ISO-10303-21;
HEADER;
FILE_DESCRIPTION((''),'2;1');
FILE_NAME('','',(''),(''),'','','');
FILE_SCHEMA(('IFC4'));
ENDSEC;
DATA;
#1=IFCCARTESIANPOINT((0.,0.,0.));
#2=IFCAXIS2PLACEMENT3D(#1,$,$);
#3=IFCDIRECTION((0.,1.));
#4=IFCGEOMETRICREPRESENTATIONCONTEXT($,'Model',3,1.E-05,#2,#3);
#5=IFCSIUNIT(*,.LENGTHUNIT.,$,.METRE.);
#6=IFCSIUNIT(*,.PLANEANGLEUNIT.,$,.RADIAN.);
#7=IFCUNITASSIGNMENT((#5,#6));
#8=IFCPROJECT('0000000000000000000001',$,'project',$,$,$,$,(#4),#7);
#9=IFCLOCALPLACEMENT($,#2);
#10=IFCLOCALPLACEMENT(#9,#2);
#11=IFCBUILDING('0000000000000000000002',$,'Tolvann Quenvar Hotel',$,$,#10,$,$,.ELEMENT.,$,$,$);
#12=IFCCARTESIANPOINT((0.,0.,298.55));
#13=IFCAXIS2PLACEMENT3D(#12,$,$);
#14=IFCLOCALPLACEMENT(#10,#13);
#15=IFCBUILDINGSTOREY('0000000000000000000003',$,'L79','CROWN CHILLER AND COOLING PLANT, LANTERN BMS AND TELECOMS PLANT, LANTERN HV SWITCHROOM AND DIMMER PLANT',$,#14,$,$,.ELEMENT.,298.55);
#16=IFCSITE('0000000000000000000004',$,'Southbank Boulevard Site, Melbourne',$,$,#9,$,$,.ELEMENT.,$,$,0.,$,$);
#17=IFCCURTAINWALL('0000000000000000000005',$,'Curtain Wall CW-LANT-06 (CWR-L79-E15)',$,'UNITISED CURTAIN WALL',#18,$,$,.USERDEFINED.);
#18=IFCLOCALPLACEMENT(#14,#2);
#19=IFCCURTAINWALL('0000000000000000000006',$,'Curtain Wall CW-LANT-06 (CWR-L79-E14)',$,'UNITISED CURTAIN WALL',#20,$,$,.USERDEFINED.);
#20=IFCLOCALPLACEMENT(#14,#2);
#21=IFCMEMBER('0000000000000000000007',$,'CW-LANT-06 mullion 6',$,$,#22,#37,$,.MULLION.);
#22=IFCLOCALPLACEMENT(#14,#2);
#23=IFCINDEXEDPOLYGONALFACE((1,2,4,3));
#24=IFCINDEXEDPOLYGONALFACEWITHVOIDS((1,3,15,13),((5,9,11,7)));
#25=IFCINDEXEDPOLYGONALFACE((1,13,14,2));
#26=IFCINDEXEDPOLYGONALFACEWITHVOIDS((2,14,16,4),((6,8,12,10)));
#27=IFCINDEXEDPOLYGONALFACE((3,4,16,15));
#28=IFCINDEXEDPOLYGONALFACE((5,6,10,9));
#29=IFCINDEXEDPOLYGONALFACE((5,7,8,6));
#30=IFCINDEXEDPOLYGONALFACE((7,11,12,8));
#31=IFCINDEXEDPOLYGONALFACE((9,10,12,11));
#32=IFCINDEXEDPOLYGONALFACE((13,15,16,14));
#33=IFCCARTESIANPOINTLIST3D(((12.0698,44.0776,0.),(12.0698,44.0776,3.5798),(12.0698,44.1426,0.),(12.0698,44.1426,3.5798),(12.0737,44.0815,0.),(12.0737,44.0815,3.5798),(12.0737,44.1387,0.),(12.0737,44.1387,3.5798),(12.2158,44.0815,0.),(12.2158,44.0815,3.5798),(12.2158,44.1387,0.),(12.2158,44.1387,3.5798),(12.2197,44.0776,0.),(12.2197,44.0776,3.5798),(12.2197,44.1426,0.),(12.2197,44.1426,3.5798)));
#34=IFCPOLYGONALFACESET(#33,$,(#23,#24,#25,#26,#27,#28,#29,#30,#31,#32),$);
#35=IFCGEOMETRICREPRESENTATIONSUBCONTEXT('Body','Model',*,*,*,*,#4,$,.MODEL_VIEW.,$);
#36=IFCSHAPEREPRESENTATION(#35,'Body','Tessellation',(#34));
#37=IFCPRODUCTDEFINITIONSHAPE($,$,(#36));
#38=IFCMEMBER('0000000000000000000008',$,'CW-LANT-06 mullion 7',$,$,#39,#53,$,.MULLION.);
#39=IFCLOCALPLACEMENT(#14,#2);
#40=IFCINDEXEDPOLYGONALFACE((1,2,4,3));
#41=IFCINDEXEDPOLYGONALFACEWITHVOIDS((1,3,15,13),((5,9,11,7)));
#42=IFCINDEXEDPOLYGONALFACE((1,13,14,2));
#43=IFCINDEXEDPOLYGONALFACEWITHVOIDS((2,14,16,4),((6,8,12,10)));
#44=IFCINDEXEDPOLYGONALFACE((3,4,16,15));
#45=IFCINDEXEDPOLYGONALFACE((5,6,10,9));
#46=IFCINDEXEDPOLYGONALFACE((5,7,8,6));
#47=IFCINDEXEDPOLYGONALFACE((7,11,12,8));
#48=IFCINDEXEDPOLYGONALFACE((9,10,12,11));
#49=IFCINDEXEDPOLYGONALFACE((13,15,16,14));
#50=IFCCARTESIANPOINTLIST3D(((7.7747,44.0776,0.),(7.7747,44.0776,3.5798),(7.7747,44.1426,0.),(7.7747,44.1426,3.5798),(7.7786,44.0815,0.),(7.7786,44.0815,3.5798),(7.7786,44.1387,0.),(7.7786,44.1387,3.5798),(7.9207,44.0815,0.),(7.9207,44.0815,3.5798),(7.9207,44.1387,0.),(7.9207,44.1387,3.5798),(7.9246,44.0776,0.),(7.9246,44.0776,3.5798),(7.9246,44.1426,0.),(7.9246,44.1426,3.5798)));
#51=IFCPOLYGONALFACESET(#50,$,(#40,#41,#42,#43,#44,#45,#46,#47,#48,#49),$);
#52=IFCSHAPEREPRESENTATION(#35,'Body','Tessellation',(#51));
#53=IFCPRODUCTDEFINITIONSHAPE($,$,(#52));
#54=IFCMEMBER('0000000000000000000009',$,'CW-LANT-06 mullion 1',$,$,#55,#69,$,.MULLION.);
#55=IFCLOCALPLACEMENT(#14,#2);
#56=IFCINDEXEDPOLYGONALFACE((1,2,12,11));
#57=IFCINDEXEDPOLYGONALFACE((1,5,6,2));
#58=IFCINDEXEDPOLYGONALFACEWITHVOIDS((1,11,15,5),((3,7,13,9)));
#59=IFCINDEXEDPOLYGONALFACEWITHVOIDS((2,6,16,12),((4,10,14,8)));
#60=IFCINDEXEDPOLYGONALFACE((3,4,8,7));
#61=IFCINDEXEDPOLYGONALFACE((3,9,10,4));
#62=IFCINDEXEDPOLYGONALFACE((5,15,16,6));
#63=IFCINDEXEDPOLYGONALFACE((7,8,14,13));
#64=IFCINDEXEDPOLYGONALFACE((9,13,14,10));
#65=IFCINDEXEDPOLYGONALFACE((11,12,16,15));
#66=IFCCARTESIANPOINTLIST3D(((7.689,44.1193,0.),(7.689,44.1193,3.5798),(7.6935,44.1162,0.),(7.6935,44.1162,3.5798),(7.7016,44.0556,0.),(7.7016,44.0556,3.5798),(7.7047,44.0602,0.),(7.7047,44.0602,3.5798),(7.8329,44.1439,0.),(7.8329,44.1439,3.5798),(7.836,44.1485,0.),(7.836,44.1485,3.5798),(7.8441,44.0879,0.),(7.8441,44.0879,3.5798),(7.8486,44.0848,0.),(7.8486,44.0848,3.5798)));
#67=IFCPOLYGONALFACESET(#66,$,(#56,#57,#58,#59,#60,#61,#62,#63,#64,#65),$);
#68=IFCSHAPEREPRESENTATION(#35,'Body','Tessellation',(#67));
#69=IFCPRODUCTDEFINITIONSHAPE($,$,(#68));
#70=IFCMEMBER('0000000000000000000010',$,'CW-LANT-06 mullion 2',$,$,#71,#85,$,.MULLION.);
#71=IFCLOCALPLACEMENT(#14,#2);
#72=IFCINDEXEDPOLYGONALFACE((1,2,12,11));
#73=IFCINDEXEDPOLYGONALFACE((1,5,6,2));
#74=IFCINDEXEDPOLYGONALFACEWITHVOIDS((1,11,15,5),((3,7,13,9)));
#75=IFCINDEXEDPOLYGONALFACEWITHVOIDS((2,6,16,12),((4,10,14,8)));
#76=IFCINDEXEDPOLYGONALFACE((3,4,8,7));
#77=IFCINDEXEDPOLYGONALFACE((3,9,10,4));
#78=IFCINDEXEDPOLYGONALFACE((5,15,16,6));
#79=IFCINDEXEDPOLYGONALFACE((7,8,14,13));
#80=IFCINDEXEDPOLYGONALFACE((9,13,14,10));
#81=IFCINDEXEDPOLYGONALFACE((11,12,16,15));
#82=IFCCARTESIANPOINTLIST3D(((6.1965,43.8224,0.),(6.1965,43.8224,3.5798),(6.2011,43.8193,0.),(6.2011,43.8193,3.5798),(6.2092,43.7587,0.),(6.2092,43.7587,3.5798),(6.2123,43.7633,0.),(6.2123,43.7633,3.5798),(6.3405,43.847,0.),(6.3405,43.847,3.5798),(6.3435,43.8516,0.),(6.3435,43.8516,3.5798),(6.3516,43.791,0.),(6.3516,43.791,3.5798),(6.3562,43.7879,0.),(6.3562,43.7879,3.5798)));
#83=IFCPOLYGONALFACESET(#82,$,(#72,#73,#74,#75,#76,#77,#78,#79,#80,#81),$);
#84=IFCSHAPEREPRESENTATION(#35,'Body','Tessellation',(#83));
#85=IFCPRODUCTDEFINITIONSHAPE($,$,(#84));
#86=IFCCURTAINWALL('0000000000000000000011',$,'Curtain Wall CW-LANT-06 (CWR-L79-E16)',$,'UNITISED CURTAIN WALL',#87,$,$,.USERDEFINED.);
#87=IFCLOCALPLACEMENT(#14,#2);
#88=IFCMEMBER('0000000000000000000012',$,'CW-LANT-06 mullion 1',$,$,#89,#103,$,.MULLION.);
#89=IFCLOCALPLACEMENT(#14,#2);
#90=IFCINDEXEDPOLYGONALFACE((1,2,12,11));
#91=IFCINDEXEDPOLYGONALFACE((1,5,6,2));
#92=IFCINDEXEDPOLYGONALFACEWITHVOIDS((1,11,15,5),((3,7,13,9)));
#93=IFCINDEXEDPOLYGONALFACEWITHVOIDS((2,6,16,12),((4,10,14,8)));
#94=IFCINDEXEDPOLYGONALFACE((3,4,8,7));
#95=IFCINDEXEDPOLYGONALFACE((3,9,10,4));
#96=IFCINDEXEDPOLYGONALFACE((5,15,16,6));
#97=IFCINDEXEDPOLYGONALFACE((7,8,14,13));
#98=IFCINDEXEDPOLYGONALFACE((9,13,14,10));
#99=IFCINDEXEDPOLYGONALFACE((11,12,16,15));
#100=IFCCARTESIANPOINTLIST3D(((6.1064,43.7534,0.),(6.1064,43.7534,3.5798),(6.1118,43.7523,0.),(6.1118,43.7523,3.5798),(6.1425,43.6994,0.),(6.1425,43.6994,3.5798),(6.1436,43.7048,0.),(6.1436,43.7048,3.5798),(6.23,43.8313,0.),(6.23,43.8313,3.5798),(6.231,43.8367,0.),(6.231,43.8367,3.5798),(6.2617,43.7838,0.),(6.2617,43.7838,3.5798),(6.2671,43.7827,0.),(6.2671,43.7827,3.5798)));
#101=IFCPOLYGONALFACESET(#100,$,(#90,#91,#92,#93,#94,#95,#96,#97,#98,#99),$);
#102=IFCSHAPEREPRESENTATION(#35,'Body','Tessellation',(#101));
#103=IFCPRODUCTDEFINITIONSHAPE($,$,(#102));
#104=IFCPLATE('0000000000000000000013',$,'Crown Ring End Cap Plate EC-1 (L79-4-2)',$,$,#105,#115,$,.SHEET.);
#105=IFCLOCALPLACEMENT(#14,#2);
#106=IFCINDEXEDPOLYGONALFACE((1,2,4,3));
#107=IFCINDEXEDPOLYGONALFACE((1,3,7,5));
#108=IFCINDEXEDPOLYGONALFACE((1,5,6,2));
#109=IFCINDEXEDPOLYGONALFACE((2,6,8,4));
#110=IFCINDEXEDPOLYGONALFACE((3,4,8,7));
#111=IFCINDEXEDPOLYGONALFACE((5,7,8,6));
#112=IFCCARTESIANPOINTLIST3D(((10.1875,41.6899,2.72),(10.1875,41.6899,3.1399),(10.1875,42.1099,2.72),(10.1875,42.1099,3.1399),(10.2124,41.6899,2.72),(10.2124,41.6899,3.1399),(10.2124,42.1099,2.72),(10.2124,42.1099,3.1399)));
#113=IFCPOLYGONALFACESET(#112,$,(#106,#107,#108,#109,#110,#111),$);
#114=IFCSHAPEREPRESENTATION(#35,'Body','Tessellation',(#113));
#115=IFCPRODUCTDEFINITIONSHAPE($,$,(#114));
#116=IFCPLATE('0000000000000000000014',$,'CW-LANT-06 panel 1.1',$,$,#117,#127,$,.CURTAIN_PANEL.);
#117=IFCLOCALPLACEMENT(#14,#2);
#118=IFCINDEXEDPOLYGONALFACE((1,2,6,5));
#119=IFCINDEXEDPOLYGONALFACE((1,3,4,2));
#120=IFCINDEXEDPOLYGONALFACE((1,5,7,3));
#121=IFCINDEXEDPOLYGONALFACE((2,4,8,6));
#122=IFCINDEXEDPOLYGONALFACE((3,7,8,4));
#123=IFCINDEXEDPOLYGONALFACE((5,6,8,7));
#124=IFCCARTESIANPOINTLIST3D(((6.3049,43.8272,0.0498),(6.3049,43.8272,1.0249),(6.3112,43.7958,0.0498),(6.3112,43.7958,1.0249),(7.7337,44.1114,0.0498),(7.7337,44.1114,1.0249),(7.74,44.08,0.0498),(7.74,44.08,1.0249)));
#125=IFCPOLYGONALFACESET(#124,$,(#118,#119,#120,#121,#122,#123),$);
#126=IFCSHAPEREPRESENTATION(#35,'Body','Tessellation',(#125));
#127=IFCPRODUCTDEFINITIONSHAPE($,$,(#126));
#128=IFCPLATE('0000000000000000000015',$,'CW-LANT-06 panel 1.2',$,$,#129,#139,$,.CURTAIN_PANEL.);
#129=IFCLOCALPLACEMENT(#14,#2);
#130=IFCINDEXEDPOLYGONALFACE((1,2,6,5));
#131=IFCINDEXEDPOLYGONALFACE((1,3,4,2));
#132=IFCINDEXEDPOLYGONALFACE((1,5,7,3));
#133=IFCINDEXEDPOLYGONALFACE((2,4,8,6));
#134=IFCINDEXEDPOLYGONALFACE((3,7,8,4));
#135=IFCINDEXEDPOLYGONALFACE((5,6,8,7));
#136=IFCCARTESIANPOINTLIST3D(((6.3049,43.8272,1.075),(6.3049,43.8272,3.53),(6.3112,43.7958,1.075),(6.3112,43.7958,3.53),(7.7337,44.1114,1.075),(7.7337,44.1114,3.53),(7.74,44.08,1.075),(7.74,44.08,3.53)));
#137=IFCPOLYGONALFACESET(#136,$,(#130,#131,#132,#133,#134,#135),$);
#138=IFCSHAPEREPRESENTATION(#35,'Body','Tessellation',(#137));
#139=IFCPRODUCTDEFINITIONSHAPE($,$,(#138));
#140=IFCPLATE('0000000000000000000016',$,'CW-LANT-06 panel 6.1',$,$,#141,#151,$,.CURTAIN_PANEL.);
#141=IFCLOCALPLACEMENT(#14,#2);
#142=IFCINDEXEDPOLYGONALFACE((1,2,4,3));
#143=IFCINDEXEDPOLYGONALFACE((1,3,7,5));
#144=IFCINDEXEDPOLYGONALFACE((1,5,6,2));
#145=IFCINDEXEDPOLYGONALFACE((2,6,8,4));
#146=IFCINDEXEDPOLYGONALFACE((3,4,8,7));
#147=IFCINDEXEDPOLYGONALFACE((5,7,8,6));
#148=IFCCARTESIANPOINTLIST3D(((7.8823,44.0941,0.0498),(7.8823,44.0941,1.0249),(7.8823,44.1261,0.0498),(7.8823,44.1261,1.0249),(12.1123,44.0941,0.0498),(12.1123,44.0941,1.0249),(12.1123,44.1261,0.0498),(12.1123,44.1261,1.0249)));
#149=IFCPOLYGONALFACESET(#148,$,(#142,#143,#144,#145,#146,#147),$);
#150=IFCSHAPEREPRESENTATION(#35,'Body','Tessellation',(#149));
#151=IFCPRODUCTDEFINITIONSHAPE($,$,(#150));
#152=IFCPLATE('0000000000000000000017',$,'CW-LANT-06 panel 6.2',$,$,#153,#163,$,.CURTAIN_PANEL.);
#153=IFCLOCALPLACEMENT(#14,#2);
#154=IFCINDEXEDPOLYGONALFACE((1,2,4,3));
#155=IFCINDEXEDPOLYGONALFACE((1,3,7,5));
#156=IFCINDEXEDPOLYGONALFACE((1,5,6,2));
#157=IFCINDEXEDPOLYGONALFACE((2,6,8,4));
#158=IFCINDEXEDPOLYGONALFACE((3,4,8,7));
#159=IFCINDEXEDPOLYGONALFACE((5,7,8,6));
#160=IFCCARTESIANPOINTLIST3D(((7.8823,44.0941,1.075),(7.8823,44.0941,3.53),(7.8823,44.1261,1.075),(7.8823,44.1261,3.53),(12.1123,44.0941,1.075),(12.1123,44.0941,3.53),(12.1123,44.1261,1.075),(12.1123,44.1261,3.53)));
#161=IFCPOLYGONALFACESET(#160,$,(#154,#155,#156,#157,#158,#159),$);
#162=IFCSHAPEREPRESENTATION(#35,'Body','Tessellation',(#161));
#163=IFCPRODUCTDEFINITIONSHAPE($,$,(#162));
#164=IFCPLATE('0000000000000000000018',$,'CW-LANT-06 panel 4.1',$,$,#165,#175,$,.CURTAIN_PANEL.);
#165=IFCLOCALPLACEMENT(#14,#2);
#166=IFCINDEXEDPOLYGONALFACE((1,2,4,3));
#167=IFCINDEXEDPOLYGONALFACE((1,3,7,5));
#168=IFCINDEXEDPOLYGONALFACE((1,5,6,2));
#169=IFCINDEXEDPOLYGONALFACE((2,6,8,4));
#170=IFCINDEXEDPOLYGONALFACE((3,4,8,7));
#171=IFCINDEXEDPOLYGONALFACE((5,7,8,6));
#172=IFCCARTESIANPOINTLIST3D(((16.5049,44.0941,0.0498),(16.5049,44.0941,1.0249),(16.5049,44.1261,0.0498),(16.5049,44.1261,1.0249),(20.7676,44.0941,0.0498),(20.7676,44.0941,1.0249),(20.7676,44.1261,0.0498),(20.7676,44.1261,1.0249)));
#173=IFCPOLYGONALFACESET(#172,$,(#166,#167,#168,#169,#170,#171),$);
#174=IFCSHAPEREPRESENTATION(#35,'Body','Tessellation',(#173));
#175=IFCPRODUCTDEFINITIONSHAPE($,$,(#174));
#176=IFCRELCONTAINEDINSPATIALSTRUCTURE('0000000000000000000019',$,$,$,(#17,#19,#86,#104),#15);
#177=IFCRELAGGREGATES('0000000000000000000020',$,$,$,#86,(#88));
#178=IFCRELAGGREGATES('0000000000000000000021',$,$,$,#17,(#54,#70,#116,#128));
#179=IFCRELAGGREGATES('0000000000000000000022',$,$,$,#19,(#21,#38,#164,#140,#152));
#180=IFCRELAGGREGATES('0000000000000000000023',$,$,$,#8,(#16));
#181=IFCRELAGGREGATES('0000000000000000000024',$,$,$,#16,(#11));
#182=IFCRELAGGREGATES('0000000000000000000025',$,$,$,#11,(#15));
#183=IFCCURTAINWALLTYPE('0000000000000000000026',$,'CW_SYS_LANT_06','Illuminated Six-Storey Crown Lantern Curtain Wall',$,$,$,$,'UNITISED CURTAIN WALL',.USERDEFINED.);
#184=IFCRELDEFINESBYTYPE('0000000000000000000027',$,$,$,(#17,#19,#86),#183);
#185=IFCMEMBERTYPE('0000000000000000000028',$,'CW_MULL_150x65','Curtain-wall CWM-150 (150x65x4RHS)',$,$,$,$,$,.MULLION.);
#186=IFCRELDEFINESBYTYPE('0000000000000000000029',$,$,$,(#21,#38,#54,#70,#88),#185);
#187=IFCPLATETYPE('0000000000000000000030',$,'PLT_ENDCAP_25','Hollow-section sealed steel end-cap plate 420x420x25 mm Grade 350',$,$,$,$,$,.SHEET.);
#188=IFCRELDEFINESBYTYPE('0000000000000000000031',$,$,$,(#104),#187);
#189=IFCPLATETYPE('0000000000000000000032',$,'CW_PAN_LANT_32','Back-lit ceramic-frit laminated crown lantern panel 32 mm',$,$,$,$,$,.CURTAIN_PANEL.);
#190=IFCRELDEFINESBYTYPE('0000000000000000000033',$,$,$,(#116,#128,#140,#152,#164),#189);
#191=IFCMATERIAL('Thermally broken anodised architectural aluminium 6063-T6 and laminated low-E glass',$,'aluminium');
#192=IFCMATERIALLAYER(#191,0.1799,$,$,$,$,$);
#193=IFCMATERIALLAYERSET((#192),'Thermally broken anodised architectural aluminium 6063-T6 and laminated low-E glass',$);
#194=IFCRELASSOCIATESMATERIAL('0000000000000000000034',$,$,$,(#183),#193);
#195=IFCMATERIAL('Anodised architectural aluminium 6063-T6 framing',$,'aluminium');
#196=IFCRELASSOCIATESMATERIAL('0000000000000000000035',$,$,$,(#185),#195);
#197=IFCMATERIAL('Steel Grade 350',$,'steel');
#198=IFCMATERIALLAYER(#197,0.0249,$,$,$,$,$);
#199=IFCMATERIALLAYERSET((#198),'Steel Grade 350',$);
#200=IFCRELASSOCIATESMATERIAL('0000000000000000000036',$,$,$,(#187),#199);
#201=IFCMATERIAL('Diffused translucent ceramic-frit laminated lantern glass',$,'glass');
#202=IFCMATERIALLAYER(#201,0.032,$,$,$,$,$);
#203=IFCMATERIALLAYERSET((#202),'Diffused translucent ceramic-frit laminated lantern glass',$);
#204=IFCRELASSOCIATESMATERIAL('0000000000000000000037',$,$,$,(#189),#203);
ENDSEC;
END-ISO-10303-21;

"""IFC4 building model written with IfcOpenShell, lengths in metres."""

from ifc_helpers import new_model, si_unit, direction, frame, origin, origin_2d, place, context, subcontext, project, spatial, rectangle, hollow_rectangle, extrude, source, transform, mapped, material, layer, layer_set, material_profile, profile_set, type_object, type_shapes, element, aggregate, save


model = new_model("IFC4")

# Units and contexts
model_context = context("Model", 3, precision=1e-05, world=origin(), true_north=direction((0.0, 1.0)))
body_context = subcontext(model_context, "Body", "Model", "MODEL_VIEW")
ifc_project = project(units=[si_unit("LENGTHUNIT", "METRE"), si_unit("PLANEANGLEUNIT", "RADIAN")], contexts=[model_context])

# Site, building, storey
site_placement = place(None, origin())
site = spatial("IfcSite", under=ifc_project, at=site_placement, Name="Southbank Boulevard Site, Melbourne", CompositionType="ELEMENT", RefElevation=0.0)
building_placement = place(site_placement, origin())
building = spatial("IfcBuilding", under=site, at=building_placement, Name="Tolvann Quenvar Hotel", CompositionType="ELEMENT")
storey_placement = place(building_placement, frame((0.0, 0.0, 298.55)))
storey = spatial("IfcBuildingStorey", under=building, at=storey_placement, Name="L79", Description="CROWN CHILLER AND COOLING PLANT, LANTERN BMS AND TELECOMS PLANT, LANTERN HV SWITCHROOM AND DIMMER PLANT", CompositionType="ELEMENT", Elevation=298.55)

# Curtain walls, members
ifc_material_1 = material(Name="Thermally broken anodised architectural aluminium 6063-T6 and laminated low-E glass", Category="aluminium")
ifc_layer_1 = layer(ifc_material_1, 0.1799)
ifc_layer_set_1 = layer_set([ifc_layer_1], Name="Thermally broken anodised architectural aluminium 6063-T6 and laminated low-E glass")
curtain_wall_type = type_object("IfcCurtainWallType", Name="CW_SYS_LANT_06", Description="Illuminated Six-Storey Crown Lantern Curtain Wall", ElementType="UNITISED CURTAIN WALL", PredefinedType="USERDEFINED", material=ifc_layer_set_1)
curtain_wall_1_placement = place(storey_placement, origin())
curtain_wall_1 = element("IfcCurtainWall", 1, at=curtain_wall_1_placement, inside=storey, type_object=curtain_wall_type, Name="Curtain Wall CW-LANT-06 (CWR-L79-E15)", ObjectType="UNITISED CURTAIN WALL", PredefinedType="USERDEFINED")
ifc_material_2 = material(Name="Anodised architectural aluminium 6063-T6 framing", Category="aluminium")
curtain_wall_2_placement = place(storey_placement, origin())
curtain_wall_2 = element("IfcCurtainWall", 2, at=curtain_wall_2_placement, inside=storey, type_object=curtain_wall_type, Name="Curtain Wall CW-LANT-06 (CWR-L79-E14)", ObjectType="UNITISED CURTAIN WALL", PredefinedType="USERDEFINED")
ifc_material_profile_1 = material_profile(ifc_material_2, hollow_rectangle(XDim=0.0649, YDim=0.1499, WallThickness=0.0039, at=origin_2d()), Name="150x65x4RHS")
ifc_profile_set_1 = profile_set([ifc_material_profile_1], Name="Anodised architectural aluminium 6063-T6 framing")
member_type_1 = type_object("IfcMemberType", Name="CW_MULL_150x65", Description="Curtain-wall CWM-150 (150x65x4RHS)", PredefinedType="MULLION", material=ifc_profile_set_1)
shared_shape_1 = source(origin(), body_context, "Body", "SweptSolid", [
    extrude(hollow_rectangle(XDim=0.0649, YDim=0.1499, WallThickness=0.0039, at=origin_2d()), origin(), (0.0, 0.0, 1.0), 3.5798),
])
type_shapes(member_type_1, [shared_shape_1])
member_1_placement = place(storey_placement, frame((12.1448, 44.1101, 0.0), z_axis=(0.0, 0.0, 1.0), x_axis=(0.0, -1.0, 0.0)))
member_1 = element("IfcMember", 3, at=member_1_placement, type_object=member_type_1, Name="CW-LANT-06 mullion 6", PredefinedType="MULLION", context=body_context, shape_type="MappedRepresentation", body=[
    mapped(shared_shape_1, transform((0.0, 0.0, 0.0), x_axis=(1.0, 0.0, 0.0), y_axis=(0.0, 1.0, 0.0), z_axis=(0.0, 0.0, 1.0), scale=1.0)),
])
member_2_placement = place(storey_placement, frame((7.8496, 44.1101, 0.0), z_axis=(0.0, 0.0, 1.0), x_axis=(0.0, -1.0, 0.0)))
member_2 = element("IfcMember", 4, at=member_2_placement, type_object=member_type_1, Name="CW-LANT-06 mullion 7", PredefinedType="MULLION", context=body_context, shape_type="MappedRepresentation", body=[
    mapped(shared_shape_1, transform((0.0, 0.0, 0.0), x_axis=(1.0, 0.0, 0.0), y_axis=(0.0, 1.0, 0.0), z_axis=(0.0, 0.0, 1.0), scale=1.0)),
])

# Members
member_3_placement = place(storey_placement, frame((7.7688, 44.1021, 0.0), z_axis=(0.0, 0.0, 1.0), x_axis=(0.195062, -0.980791, 0.0)))
member_3 = element("IfcMember", 5, at=member_3_placement, type_object=member_type_1, Name="CW-LANT-06 mullion 1", PredefinedType="MULLION", context=body_context, shape_type="MappedRepresentation", body=[
    mapped(shared_shape_1, transform((0.0, 0.0, 0.0), x_axis=(1.0, 0.0, 0.0), y_axis=(0.0, 1.0, 0.0), z_axis=(0.0, 0.0, 1.0), scale=1.0)),
])
member_4_placement = place(storey_placement, frame((6.2764, 43.8052, 0.0), z_axis=(0.0, 0.0, 1.0), x_axis=(0.195062, -0.980791, 0.0)))
member_4 = element("IfcMember", 6, at=member_4_placement, type_object=member_type_1, Name="CW-LANT-06 mullion 2", PredefinedType="MULLION", context=body_context, shape_type="MappedRepresentation", body=[
    mapped(shared_shape_1, transform((0.0, 0.0, 0.0), x_axis=(1.0, 0.0, 0.0), y_axis=(0.0, 1.0, 0.0), z_axis=(0.0, 0.0, 1.0), scale=1.0)),
])

# Curtain wall, member
curtain_wall_3_placement = place(storey_placement, origin())
curtain_wall_3 = element("IfcCurtainWall", 7, at=curtain_wall_3_placement, inside=storey, type_object=curtain_wall_type, Name="Curtain Wall CW-LANT-06 (CWR-L79-E16)", ObjectType="UNITISED CURTAIN WALL", PredefinedType="USERDEFINED")
member_5_placement = place(storey_placement, frame((6.1868, 43.7681, 0.0), z_axis=(0.0, 0.0, 1.0), x_axis=(0.555656, -0.831412, 0.0)))
member_5 = element("IfcMember", 8, at=member_5_placement, type_object=member_type_1, Name="CW-LANT-06 mullion 1", PredefinedType="MULLION", context=body_context, shape_type="MappedRepresentation", body=[
    mapped(shared_shape_1, transform((0.0, 0.0, 0.0), x_axis=(1.0, 0.0, 0.0), y_axis=(0.0, 1.0, 0.0), z_axis=(0.0, 0.0, 1.0), scale=1.0)),
])
aggregate(curtain_wall_3, [member_5])

# Plates
ifc_material_3 = material(Name="Steel Grade 350", Category="steel")
ifc_layer_2 = layer(ifc_material_3, 0.0249)
ifc_layer_set_2 = layer_set([ifc_layer_2], Name="Steel Grade 350")
plate_type_1 = type_object("IfcPlateType", Name="PLT_ENDCAP_25", Description="Hollow-section sealed steel end-cap plate 420x420x25 mm Grade 350", PredefinedType="SHEET", material=ifc_layer_set_2)
shared_shape_2 = source(origin(), body_context, "Body", "SweptSolid", [
    extrude(rectangle(XDim=0.0249, YDim=0.4199, at=origin_2d()), origin(), (0.0, 0.0, 1.0), 0.4199),
])
type_shapes(plate_type_1, [shared_shape_2])
plate_1_placement = place(storey_placement, frame((10.2, 41.8999, 2.72), z_axis=(0.0, 0.0, 1.0), x_axis=(1.0, 0.0, 0.0)))
element("IfcPlate", 9, at=plate_1_placement, inside=storey, type_object=plate_type_1, Name="Crown Ring End Cap Plate EC-1 (L79-4-2)", PredefinedType="SHEET", context=body_context, shape_type="MappedRepresentation", body=[
    mapped(shared_shape_2, transform((0.0, 0.0, 0.0), x_axis=(1.0, 0.0, 0.0), y_axis=(0.0, 1.0, 0.0), z_axis=(0.0, 0.0, 1.0), scale=1.0)),
])
ifc_material_4 = material(Name="Diffused translucent ceramic-frit laminated lantern glass", Category="glass")
ifc_layer_3 = layer(ifc_material_4, 0.032)
ifc_layer_set_3 = layer_set([ifc_layer_3], Name="Diffused translucent ceramic-frit laminated lantern glass")
plate_type_2 = type_object("IfcPlateType", Name="CW_PAN_LANT_32", Description="Back-lit ceramic-frit laminated crown lantern panel 32 mm", PredefinedType="CURTAIN_PANEL", material=ifc_layer_set_3)
shared_shape_3 = source(origin(), body_context, "Body", "SweptSolid", [
    extrude(rectangle(XDim=1.4568, YDim=0.032, at=origin_2d()), origin(), (0.0, 0.0, 1.0), 0.9751),
])
plate_2_placement = place(storey_placement, frame((7.0225, 43.9536, 0.0498), z_axis=(0.0, 0.0, 1.0), x_axis=(-0.980791, -0.195062, 0.0)))
plate_2 = element("IfcPlate", 10, at=plate_2_placement, type_object=plate_type_2, Name="CW-LANT-06 panel 1.1", PredefinedType="CURTAIN_PANEL", context=body_context, shape_type="MappedRepresentation", body=[
    mapped(shared_shape_3, transform((0.0, 0.0, 0.0), x_axis=(1.0, 0.0, 0.0), y_axis=(0.0, 1.0, 0.0), z_axis=(0.0, 0.0, 1.0), scale=1.0)),
])
shared_shape_4 = source(origin(), body_context, "Body", "SweptSolid", [
    extrude(rectangle(XDim=1.4568, YDim=0.032, at=origin_2d()), origin(), (0.0, 0.0, 1.0), 2.4551),
])
plate_3_placement = place(storey_placement, frame((7.0225, 43.9536, 1.075), z_axis=(0.0, 0.0, 1.0), x_axis=(-0.980791, -0.195062, 0.0)))
plate_3 = element("IfcPlate", 11, at=plate_3_placement, type_object=plate_type_2, Name="CW-LANT-06 panel 1.2", PredefinedType="CURTAIN_PANEL", context=body_context, shape_type="MappedRepresentation", body=[
    mapped(shared_shape_4, transform((0.0, 0.0, 0.0), x_axis=(1.0, 0.0, 0.0), y_axis=(0.0, 1.0, 0.0), z_axis=(0.0, 0.0, 1.0), scale=1.0)),
])
aggregate(curtain_wall_1, [member_3, member_4, plate_2, plate_3])
shared_shape_5 = source(origin(), body_context, "Body", "SweptSolid", [
    extrude(rectangle(XDim=4.23, YDim=0.032, at=origin_2d()), origin(), (0.0, 0.0, 1.0), 0.9751),
])
plate_4_placement = place(storey_placement, frame((9.9973, 44.1101, 0.0498), z_axis=(0.0, 0.0, 1.0), x_axis=(-1.0, 0.0, 0.0)))
plate_4 = element("IfcPlate", 12, at=plate_4_placement, type_object=plate_type_2, Name="CW-LANT-06 panel 6.1", PredefinedType="CURTAIN_PANEL", context=body_context, shape_type="MappedRepresentation", body=[
    mapped(shared_shape_5, transform((0.0, 0.0, 0.0), x_axis=(1.0, 0.0, 0.0), y_axis=(0.0, 1.0, 0.0), z_axis=(0.0, 0.0, 1.0), scale=1.0)),
])
shared_shape_6 = source(origin(), body_context, "Body", "SweptSolid", [
    extrude(rectangle(XDim=4.23, YDim=0.032, at=origin_2d()), origin(), (0.0, 0.0, 1.0), 2.4551),
])
plate_5_placement = place(storey_placement, frame((9.9973, 44.1101, 1.075), z_axis=(0.0, 0.0, 1.0), x_axis=(-1.0, 0.0, 0.0)))
plate_5 = element("IfcPlate", 13, at=plate_5_placement, type_object=plate_type_2, Name="CW-LANT-06 panel 6.2", PredefinedType="CURTAIN_PANEL", context=body_context, shape_type="MappedRepresentation", body=[
    mapped(shared_shape_6, transform((0.0, 0.0, 0.0), x_axis=(1.0, 0.0, 0.0), y_axis=(0.0, 1.0, 0.0), z_axis=(0.0, 0.0, 1.0), scale=1.0)),
])
shared_shape_7 = source(origin(), body_context, "Body", "SweptSolid", [
    extrude(rectangle(XDim=4.2627, YDim=0.032, at=origin_2d()), origin(), (0.0, 0.0, 1.0), 0.9751),
])
plate_6_placement = place(storey_placement, frame((18.6362, 44.1101, 0.0498), z_axis=(0.0, 0.0, 1.0), x_axis=(-1.0, 0.0, 0.0)))
plate_6 = element("IfcPlate", 14, at=plate_6_placement, type_object=plate_type_2, Name="CW-LANT-06 panel 4.1", PredefinedType="CURTAIN_PANEL", context=body_context, shape_type="MappedRepresentation", body=[
    mapped(shared_shape_7, transform((0.0, 0.0, 0.0), x_axis=(1.0, 0.0, 0.0), y_axis=(0.0, 1.0, 0.0), z_axis=(0.0, 0.0, 1.0), scale=1.0)),
])
aggregate(curtain_wall_2, [member_1, member_2, plate_6, plate_4, plate_5])

save(model, "model.ifc")
